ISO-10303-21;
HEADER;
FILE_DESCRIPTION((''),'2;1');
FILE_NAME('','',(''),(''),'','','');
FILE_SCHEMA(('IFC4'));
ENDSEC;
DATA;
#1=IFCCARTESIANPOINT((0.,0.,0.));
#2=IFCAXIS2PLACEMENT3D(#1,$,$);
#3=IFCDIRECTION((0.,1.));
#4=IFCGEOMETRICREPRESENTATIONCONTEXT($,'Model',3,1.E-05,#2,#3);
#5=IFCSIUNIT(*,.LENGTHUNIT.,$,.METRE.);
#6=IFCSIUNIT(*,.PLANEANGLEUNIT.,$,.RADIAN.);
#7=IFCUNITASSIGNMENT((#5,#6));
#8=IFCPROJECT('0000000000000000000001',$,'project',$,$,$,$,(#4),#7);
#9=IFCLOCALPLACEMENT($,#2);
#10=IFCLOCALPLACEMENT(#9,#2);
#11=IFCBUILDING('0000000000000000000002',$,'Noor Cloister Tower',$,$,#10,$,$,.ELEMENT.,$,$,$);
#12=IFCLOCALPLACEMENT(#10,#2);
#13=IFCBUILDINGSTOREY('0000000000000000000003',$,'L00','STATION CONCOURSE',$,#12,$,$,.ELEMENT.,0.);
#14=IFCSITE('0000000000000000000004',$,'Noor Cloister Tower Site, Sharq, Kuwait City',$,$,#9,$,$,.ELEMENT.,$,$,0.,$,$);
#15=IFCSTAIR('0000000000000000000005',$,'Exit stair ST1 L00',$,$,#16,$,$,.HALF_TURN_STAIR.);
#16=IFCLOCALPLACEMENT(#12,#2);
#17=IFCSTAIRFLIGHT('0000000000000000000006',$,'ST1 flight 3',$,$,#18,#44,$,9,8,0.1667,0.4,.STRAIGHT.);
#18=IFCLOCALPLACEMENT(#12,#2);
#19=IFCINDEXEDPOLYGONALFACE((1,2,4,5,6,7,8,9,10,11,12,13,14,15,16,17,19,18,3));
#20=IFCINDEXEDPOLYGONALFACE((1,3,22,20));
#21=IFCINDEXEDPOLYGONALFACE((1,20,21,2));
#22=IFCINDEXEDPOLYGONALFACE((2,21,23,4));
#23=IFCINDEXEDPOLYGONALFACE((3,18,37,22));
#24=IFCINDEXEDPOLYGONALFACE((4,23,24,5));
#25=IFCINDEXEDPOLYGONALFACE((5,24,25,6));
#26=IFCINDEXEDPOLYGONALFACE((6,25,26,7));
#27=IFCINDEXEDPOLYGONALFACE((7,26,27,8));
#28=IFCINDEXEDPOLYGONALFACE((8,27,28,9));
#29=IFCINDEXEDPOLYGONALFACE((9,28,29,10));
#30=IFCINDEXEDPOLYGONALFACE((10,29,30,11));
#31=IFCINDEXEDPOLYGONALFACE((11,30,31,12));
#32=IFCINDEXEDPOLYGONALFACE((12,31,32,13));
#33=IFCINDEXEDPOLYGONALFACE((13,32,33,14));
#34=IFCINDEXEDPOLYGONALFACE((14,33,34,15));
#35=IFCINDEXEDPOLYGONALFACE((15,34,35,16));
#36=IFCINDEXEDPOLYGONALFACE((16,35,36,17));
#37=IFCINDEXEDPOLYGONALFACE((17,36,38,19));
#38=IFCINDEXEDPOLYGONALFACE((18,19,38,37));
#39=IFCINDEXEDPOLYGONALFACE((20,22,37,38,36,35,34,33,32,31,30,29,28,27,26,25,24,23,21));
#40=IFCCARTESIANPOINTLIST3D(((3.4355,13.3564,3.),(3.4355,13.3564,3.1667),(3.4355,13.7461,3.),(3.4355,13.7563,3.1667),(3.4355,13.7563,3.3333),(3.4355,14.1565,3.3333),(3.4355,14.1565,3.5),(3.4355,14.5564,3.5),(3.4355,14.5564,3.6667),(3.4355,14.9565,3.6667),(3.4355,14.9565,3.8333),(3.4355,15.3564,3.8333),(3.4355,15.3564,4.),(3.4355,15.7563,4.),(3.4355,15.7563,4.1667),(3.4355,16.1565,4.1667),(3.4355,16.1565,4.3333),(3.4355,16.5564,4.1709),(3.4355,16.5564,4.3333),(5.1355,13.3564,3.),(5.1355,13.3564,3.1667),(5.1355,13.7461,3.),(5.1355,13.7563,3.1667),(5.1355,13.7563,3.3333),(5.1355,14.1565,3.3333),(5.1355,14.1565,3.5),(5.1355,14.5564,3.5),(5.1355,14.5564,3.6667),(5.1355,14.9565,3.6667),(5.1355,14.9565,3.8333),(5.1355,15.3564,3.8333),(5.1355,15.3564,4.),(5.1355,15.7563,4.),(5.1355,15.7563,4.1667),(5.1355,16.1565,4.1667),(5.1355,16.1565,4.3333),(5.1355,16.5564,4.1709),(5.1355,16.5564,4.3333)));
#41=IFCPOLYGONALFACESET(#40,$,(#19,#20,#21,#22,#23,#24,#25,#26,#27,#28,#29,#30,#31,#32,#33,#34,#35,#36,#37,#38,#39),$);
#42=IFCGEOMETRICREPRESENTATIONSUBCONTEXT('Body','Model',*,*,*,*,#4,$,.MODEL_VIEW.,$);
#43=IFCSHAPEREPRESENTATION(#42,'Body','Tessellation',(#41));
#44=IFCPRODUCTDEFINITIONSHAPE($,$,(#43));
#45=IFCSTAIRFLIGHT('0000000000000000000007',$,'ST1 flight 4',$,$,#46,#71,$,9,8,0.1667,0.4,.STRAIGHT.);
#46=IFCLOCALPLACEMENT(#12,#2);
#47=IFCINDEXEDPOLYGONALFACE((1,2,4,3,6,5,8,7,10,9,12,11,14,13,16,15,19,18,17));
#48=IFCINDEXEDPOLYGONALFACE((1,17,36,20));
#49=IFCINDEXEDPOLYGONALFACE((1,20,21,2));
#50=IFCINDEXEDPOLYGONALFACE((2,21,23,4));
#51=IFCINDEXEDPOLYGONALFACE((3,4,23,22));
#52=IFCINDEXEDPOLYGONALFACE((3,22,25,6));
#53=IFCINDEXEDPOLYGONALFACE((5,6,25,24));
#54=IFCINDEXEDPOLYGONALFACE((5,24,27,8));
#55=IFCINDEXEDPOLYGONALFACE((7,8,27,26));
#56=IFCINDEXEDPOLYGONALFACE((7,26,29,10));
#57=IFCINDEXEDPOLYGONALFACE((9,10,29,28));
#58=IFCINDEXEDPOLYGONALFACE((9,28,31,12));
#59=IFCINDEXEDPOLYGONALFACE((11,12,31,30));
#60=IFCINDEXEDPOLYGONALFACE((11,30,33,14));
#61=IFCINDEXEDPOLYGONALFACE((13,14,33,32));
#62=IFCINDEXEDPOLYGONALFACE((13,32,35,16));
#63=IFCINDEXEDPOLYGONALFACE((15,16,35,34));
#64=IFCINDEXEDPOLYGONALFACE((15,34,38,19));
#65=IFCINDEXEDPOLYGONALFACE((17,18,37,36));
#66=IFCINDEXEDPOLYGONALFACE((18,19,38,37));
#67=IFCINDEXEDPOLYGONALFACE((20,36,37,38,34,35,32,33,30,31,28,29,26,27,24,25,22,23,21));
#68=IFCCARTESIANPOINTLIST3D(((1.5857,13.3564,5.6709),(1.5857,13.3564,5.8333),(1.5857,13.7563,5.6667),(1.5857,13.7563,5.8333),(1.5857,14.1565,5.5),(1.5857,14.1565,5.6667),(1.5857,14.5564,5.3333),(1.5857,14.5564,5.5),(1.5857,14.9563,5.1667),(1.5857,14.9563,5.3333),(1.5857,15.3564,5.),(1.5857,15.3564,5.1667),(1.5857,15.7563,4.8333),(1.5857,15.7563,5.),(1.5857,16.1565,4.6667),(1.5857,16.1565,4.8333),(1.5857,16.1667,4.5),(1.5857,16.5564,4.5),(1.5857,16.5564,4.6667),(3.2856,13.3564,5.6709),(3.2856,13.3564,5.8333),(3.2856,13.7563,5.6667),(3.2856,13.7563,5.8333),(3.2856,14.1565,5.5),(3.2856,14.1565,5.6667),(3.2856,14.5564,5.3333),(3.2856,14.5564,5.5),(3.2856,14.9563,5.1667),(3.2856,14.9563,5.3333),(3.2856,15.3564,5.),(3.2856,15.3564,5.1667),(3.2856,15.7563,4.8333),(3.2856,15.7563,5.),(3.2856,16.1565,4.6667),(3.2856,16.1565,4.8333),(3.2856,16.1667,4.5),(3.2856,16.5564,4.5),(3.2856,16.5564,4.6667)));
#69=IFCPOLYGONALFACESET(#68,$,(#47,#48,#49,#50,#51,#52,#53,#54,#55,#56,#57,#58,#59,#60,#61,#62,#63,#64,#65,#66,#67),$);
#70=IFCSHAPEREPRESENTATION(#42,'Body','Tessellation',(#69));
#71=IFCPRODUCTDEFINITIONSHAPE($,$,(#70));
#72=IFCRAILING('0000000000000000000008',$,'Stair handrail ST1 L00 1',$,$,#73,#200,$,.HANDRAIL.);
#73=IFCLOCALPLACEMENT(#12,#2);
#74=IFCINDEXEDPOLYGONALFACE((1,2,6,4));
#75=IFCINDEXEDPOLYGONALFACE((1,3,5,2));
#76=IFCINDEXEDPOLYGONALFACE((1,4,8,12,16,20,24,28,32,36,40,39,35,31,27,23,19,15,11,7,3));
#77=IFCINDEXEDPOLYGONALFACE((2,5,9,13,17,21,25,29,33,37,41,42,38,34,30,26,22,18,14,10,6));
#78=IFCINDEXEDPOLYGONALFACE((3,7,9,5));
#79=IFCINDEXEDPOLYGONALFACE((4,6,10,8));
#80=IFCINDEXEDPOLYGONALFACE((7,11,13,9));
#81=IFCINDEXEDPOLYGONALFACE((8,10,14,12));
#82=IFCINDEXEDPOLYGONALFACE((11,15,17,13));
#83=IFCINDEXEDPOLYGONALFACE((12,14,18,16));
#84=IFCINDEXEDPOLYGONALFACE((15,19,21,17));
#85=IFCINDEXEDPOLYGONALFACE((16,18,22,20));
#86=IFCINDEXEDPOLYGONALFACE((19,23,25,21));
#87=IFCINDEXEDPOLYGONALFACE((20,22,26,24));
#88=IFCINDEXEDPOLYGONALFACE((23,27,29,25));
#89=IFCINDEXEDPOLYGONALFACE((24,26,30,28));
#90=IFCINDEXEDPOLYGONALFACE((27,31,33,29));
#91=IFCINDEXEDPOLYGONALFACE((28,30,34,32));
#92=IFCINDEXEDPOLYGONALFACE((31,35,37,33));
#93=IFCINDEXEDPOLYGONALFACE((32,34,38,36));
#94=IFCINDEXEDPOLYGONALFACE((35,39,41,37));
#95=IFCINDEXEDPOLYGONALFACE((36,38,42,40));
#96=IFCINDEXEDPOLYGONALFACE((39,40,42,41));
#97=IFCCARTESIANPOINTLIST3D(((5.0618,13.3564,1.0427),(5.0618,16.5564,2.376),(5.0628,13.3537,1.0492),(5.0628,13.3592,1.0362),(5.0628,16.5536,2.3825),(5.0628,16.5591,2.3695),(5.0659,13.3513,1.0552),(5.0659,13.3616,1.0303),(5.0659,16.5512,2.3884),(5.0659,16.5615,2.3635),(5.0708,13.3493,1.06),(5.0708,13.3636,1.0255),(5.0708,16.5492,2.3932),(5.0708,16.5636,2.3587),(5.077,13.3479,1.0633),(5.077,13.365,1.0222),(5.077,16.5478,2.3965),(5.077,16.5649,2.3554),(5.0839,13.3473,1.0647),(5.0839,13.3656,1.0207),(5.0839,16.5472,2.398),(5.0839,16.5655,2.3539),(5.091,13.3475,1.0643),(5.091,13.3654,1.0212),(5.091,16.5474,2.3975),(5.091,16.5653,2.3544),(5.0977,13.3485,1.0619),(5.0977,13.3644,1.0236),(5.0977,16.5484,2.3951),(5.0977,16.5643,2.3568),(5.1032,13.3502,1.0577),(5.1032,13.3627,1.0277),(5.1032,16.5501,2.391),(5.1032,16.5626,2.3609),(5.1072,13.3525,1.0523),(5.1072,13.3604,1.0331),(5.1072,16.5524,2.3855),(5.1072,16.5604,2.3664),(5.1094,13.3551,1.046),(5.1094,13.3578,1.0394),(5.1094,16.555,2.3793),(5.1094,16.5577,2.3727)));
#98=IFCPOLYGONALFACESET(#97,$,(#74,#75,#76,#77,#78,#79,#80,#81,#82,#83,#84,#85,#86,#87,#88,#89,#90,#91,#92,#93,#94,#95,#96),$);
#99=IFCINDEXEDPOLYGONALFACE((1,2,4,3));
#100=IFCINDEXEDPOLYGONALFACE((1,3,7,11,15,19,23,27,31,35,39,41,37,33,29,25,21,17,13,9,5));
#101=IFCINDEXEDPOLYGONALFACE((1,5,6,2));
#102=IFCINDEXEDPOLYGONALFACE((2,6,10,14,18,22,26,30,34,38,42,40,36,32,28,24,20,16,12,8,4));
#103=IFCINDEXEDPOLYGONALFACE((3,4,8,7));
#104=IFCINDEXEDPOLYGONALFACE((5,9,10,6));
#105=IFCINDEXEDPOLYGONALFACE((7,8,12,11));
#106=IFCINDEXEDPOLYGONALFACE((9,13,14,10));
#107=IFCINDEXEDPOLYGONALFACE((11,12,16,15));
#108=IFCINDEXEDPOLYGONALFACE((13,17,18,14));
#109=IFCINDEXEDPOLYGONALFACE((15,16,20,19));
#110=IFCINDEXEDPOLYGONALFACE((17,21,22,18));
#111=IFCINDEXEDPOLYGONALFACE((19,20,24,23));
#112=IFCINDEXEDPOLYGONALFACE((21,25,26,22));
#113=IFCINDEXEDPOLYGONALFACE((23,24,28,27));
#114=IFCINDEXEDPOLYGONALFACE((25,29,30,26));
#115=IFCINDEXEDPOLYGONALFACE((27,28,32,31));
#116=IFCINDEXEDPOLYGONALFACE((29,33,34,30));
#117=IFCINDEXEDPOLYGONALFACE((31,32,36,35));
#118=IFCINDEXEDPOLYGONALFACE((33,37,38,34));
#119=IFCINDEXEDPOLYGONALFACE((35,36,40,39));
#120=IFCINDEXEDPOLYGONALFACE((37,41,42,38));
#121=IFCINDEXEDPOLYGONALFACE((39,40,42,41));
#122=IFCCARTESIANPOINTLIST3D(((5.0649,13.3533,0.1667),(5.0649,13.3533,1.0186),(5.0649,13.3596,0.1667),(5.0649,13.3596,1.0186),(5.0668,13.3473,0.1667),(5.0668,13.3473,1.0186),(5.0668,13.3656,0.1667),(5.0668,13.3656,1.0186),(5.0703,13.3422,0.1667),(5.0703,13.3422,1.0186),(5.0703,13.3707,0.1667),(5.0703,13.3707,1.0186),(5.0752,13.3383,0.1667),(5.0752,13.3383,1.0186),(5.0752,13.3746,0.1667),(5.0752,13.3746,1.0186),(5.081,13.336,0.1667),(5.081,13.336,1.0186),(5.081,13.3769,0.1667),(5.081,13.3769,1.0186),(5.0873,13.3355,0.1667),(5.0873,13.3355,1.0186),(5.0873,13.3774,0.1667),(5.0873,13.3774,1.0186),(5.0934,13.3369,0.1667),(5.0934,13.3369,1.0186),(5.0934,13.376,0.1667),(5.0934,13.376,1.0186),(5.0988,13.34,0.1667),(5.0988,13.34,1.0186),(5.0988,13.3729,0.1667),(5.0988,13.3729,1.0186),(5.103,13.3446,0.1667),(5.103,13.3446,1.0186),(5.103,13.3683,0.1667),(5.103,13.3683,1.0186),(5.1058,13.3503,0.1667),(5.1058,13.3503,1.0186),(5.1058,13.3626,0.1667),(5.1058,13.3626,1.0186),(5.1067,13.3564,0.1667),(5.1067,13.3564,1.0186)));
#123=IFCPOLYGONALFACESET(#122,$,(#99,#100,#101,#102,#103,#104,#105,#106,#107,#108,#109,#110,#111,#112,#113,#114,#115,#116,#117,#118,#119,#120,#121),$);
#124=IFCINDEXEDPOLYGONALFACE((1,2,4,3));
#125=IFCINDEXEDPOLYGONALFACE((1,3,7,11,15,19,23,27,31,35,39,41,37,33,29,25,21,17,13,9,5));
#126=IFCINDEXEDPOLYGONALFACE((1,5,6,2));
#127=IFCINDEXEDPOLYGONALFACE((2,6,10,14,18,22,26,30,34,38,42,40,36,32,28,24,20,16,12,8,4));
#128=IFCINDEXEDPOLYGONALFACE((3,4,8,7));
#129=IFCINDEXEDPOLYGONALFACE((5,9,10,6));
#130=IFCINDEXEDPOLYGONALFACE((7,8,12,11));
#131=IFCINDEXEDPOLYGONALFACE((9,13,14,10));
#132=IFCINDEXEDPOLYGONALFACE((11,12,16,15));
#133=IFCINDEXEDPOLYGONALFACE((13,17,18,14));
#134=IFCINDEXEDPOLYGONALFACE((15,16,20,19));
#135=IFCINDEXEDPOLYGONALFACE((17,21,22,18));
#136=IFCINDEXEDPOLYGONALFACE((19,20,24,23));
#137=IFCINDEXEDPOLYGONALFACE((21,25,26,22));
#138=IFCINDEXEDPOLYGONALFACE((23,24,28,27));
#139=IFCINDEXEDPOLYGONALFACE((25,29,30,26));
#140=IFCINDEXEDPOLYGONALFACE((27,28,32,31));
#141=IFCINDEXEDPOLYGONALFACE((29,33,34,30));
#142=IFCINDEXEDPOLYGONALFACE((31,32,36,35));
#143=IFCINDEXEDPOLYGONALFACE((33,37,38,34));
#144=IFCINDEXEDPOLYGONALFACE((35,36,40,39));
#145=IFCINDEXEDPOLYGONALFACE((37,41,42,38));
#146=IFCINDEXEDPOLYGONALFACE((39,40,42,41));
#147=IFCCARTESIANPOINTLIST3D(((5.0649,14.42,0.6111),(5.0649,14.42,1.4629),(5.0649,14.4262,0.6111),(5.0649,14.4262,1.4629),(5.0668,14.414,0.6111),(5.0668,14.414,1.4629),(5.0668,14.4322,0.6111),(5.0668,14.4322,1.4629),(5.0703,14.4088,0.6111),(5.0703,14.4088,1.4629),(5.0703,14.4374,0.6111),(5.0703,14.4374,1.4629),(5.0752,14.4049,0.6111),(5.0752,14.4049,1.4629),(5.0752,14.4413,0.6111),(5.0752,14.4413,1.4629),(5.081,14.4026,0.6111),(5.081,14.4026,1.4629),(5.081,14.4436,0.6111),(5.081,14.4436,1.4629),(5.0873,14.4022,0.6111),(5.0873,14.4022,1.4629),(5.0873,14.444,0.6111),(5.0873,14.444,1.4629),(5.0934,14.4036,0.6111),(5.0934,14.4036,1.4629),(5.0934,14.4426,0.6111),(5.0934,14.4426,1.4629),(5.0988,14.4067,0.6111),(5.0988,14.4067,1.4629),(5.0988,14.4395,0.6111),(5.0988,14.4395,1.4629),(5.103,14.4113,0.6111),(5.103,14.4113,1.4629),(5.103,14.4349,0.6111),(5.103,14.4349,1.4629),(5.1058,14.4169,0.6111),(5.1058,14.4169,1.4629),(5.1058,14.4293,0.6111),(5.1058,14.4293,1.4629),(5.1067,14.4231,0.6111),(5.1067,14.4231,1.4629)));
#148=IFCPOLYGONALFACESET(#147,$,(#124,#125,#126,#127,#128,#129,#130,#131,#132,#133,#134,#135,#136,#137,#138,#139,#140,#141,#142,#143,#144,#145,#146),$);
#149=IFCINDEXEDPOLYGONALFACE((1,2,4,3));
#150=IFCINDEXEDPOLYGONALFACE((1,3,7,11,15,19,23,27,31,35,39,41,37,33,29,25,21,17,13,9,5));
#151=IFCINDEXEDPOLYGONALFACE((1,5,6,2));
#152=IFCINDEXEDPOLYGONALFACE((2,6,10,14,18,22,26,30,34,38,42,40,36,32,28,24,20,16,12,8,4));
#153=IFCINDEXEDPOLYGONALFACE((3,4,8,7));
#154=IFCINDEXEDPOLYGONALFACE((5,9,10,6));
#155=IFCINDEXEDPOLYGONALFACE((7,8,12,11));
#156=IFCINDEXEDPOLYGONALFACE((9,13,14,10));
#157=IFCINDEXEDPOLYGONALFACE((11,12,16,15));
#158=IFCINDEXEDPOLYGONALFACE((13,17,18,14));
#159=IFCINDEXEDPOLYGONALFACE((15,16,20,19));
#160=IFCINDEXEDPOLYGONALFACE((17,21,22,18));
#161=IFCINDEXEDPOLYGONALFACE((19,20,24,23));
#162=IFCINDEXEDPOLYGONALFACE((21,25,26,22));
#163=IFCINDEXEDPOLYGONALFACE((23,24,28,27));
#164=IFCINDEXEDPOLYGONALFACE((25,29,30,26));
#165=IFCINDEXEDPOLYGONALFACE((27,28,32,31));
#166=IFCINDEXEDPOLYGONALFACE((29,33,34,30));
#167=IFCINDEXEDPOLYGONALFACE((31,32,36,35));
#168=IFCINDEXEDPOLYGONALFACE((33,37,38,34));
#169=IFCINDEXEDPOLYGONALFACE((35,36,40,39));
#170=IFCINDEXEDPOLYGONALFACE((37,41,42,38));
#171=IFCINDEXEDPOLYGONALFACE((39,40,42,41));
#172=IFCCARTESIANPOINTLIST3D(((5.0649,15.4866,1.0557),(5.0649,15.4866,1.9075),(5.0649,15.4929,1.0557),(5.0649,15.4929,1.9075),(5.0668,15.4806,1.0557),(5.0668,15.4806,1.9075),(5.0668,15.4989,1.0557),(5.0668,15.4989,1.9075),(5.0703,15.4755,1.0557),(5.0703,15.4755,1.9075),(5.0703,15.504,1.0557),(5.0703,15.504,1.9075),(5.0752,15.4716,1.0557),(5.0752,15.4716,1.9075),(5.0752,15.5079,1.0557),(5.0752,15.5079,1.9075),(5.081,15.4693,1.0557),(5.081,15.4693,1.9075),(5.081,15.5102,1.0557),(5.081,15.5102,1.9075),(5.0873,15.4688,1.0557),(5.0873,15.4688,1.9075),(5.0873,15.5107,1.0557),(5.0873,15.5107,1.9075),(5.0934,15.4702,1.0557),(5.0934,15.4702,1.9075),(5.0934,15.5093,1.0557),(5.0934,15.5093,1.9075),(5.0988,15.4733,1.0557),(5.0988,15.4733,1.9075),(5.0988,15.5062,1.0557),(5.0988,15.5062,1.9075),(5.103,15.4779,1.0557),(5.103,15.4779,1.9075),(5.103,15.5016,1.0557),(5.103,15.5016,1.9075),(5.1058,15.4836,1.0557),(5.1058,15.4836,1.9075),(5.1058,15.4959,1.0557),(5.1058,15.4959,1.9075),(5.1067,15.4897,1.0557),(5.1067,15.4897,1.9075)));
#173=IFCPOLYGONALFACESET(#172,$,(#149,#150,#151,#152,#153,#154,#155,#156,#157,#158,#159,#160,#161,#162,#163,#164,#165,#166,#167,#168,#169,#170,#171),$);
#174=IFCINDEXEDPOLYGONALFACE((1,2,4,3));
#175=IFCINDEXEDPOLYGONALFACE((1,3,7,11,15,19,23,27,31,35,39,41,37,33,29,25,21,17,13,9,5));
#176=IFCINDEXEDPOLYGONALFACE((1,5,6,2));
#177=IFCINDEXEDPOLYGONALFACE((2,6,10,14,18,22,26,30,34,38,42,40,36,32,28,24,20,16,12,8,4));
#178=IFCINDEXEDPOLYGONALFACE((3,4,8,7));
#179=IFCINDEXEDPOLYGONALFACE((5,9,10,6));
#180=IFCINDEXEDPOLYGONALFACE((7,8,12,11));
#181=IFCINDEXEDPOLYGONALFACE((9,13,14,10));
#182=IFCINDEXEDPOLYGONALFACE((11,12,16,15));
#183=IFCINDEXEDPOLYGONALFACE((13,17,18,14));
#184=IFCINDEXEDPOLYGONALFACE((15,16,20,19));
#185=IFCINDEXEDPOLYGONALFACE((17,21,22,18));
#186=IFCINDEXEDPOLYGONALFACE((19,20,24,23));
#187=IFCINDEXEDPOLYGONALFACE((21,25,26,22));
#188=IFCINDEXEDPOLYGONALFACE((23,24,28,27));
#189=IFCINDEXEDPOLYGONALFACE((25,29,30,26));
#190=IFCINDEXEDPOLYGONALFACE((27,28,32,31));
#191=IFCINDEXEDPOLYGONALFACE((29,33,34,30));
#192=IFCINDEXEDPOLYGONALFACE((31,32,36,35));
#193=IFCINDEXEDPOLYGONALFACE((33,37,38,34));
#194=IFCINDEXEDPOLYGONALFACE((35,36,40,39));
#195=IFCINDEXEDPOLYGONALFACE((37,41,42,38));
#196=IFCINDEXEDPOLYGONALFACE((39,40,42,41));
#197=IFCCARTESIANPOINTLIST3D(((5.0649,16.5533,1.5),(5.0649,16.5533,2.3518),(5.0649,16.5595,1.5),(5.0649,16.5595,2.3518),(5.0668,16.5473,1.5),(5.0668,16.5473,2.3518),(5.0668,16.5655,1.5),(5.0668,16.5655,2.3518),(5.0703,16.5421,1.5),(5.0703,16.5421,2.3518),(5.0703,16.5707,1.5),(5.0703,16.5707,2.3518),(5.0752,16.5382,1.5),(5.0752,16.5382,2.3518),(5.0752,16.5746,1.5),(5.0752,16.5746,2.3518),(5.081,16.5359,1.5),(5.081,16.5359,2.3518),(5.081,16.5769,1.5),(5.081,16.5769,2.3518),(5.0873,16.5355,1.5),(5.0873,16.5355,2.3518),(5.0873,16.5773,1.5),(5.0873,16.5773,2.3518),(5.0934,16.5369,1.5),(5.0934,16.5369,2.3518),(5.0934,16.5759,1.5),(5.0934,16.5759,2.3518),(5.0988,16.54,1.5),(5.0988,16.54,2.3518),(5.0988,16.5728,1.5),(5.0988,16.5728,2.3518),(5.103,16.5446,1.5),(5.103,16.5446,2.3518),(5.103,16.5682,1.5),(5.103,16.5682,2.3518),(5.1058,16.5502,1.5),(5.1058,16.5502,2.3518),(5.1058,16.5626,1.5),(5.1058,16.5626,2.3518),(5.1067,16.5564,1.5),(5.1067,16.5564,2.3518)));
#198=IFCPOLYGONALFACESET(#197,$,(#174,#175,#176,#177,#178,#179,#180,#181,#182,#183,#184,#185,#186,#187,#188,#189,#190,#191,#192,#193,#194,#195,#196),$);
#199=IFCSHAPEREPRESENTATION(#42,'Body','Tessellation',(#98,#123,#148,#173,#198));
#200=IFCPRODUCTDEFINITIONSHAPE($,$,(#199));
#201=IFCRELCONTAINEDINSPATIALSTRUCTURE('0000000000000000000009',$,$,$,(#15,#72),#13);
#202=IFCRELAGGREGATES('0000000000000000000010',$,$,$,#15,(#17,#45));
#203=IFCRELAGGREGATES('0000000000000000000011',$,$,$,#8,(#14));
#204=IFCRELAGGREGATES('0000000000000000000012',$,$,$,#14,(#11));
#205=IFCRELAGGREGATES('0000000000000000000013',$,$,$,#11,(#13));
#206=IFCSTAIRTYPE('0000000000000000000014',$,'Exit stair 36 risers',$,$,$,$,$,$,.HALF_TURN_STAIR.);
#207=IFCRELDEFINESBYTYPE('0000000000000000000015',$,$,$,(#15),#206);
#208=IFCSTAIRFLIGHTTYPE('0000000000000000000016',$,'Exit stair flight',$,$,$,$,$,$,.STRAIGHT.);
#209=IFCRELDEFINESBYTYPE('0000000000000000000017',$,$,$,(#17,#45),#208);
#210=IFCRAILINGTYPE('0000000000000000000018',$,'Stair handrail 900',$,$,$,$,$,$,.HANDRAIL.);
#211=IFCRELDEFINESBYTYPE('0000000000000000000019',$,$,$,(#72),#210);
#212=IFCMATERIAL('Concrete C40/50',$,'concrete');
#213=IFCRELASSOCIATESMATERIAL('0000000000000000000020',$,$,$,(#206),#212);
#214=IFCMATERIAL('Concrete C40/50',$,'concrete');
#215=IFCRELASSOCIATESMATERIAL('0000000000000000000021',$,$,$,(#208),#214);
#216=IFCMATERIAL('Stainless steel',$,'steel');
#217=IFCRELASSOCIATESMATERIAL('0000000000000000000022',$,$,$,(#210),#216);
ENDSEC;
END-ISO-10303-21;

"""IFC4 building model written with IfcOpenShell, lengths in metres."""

from ifc_helpers import new_model, si_unit, direction, frame, origin, origin_2d, place, context, subcontext, project, spatial, polyline, circle, outline, extrude, material, type_object, element, aggregate, save


model = new_model("IFC4")

# Units and contexts
model_context = context("Model", 3, precision=1e-05, world=origin(), true_north=direction((0.0, 1.0)))
body_context = subcontext(model_context, "Body", "Model", "MODEL_VIEW")
ifc_project = project(units=[si_unit("LENGTHUNIT", "METRE"), si_unit("PLANEANGLEUNIT", "RADIAN")], contexts=[model_context])

# Site, building, storey
site_placement = place(None, origin())
site = spatial("IfcSite", under=ifc_project, at=site_placement, Name="Noor Cloister Tower Site, Sharq, Kuwait City", CompositionType="ELEMENT", RefElevation=0.0)
building_placement = place(site_placement, origin())
building = spatial("IfcBuilding", under=site, at=building_placement, Name="Noor Cloister Tower", CompositionType="ELEMENT")
storey_placement = place(building_placement, origin())
storey = spatial("IfcBuildingStorey", under=building, at=storey_placement, Name="L00", Description="STATION CONCOURSE", CompositionType="ELEMENT", Elevation=0.0)

# Stair, stair flights
ifc_material_1 = material(Name="Concrete C40/50", Category="concrete")
stair_type = type_object("IfcStairType", Name="Exit stair 36 risers", PredefinedType="HALF_TURN_STAIR", material=ifc_material_1)
stair_placement = place(storey_placement, origin())
stair = element("IfcStair", 1, at=stair_placement, inside=storey, type_object=stair_type, Name="Exit stair ST1 L00", PredefinedType="HALF_TURN_STAIR")
ifc_material_2 = material(Name="Concrete C40/50", Category="concrete")
stair_flight_type = type_object("IfcStairFlightType", Name="Exit stair flight", PredefinedType="STRAIGHT", material=ifc_material_2)
stair_flight_1_placement = place(storey_placement, frame((4.2856, 13.3564, 3.0), z_axis=(0.0, 0.0, 1.0), x_axis=(0.0, 1.0, 0.0)))
stair_flight_1 = element("IfcStairFlight", 2, at=stair_flight_1_placement, type_object=stair_flight_type, Name="ST1 flight 3", NumberOfRisers=9, NumberOfTreads=8, PredefinedType="STRAIGHT", RiserHeight=0.1667, TreadLength=0.4, context=body_context, shape_type="SweptSolid", body=[
    extrude(outline(polyline([(0.0, 0.0), (0.0, 0.1667), (0.3999, 0.1667), (0.3999, 0.3333), (0.8, 0.3333), (0.8, 0.5), (1.2, 0.5), (1.2, 0.6667), (1.6001, 0.6667), (1.6001, 0.8333), (2.0, 0.8333), (2.0, 1.0), (2.3999, 1.0), (2.3999, 1.1667), (2.8, 1.1667), (2.8, 1.3333), (3.2, 1.3333), (3.2, 1.5), (3.2, 1.1709), (0.3896, 0.0), (0.0, 0.0)])), frame((0.0, 0.8501, 0.0), z_axis=(0.0, -1.0, 0.0), x_axis=(1.0, 0.0, 0.0)), (0.0, 0.0, 1.0), 1.7),
])
stair_flight_2_placement = place(storey_placement, frame((2.4355, 16.5564, 4.5), z_axis=(0.0, 0.0, 1.0), x_axis=(0.0, -1.0, 0.0)))
stair_flight_2 = element("IfcStairFlight", 3, at=stair_flight_2_placement, type_object=stair_flight_type, Name="ST1 flight 4", NumberOfRisers=9, NumberOfTreads=8, PredefinedType="STRAIGHT", RiserHeight=0.1667, TreadLength=0.4, context=body_context, shape_type="SweptSolid", body=[
    extrude(outline(polyline([(0.0, 0.0), (0.0, 0.1667), (0.3999, 0.1667), (0.3999, 0.3333), (0.8, 0.3333), (0.8, 0.5), (1.2, 0.5), (1.2, 0.6667), (1.6001, 0.6667), (1.6001, 0.8333), (2.0, 0.8333), (2.0, 1.0), (2.3999, 1.0), (2.3999, 1.1667), (2.8, 1.1667), (2.8, 1.3333), (3.2, 1.3333), (3.2, 1.5), (3.2, 1.1709), (0.3896, 0.0), (0.0, 0.0)])), frame((0.0, 0.8501, 0.0), z_axis=(0.0, -1.0, 0.0), x_axis=(1.0, 0.0, 0.0)), (0.0, 0.0, 1.0), 1.7),
])
aggregate(stair, [stair_flight_1, stair_flight_2])

# Railing
ifc_material_3 = material(Name="Stainless steel", Category="steel")
railing_type_1 = type_object("IfcRailingType", Name="Stair handrail 900", PredefinedType="HANDRAIL", material=ifc_material_3)
railing_1_placement = place(storey_placement, frame((5.0857, 13.3564, 0.1667)))
element("IfcRailing", 4, at=railing_1_placement, inside=storey, type_object=railing_type_1, Name="Stair handrail ST1 L00 1", PredefinedType="HANDRAIL", context=body_context, shape_type="SweptSolid", body=[
    extrude(circle(Radius=0.0239, at=origin_2d()), frame((0.0, 0.0, 0.876), z_axis=(0.0, 0.923083, 0.3846), x_axis=(-1.0, 0.0, 0.0)), (0.0, 0.0, 1.0), 3.4666),
    extrude(circle(Radius=0.021, at=origin_2d()), origin(), (0.0, 0.0, 1.0), 0.8518),
    extrude(circle(Radius=0.021, at=origin_2d()), frame((0.0, 1.0667, 0.4443)), (0.0, 0.0, 1.0), 0.8518),
    extrude(circle(Radius=0.021, at=origin_2d()), frame((0.0, 2.1333, 0.8889)), (0.0, 0.0, 1.0), 0.8518),
    extrude(circle(Radius=0.021, at=origin_2d()), frame((0.0, 3.2, 1.3333)), (0.0, 0.0, 1.0), 0.8518),
])

save(model, "model.ifc")
